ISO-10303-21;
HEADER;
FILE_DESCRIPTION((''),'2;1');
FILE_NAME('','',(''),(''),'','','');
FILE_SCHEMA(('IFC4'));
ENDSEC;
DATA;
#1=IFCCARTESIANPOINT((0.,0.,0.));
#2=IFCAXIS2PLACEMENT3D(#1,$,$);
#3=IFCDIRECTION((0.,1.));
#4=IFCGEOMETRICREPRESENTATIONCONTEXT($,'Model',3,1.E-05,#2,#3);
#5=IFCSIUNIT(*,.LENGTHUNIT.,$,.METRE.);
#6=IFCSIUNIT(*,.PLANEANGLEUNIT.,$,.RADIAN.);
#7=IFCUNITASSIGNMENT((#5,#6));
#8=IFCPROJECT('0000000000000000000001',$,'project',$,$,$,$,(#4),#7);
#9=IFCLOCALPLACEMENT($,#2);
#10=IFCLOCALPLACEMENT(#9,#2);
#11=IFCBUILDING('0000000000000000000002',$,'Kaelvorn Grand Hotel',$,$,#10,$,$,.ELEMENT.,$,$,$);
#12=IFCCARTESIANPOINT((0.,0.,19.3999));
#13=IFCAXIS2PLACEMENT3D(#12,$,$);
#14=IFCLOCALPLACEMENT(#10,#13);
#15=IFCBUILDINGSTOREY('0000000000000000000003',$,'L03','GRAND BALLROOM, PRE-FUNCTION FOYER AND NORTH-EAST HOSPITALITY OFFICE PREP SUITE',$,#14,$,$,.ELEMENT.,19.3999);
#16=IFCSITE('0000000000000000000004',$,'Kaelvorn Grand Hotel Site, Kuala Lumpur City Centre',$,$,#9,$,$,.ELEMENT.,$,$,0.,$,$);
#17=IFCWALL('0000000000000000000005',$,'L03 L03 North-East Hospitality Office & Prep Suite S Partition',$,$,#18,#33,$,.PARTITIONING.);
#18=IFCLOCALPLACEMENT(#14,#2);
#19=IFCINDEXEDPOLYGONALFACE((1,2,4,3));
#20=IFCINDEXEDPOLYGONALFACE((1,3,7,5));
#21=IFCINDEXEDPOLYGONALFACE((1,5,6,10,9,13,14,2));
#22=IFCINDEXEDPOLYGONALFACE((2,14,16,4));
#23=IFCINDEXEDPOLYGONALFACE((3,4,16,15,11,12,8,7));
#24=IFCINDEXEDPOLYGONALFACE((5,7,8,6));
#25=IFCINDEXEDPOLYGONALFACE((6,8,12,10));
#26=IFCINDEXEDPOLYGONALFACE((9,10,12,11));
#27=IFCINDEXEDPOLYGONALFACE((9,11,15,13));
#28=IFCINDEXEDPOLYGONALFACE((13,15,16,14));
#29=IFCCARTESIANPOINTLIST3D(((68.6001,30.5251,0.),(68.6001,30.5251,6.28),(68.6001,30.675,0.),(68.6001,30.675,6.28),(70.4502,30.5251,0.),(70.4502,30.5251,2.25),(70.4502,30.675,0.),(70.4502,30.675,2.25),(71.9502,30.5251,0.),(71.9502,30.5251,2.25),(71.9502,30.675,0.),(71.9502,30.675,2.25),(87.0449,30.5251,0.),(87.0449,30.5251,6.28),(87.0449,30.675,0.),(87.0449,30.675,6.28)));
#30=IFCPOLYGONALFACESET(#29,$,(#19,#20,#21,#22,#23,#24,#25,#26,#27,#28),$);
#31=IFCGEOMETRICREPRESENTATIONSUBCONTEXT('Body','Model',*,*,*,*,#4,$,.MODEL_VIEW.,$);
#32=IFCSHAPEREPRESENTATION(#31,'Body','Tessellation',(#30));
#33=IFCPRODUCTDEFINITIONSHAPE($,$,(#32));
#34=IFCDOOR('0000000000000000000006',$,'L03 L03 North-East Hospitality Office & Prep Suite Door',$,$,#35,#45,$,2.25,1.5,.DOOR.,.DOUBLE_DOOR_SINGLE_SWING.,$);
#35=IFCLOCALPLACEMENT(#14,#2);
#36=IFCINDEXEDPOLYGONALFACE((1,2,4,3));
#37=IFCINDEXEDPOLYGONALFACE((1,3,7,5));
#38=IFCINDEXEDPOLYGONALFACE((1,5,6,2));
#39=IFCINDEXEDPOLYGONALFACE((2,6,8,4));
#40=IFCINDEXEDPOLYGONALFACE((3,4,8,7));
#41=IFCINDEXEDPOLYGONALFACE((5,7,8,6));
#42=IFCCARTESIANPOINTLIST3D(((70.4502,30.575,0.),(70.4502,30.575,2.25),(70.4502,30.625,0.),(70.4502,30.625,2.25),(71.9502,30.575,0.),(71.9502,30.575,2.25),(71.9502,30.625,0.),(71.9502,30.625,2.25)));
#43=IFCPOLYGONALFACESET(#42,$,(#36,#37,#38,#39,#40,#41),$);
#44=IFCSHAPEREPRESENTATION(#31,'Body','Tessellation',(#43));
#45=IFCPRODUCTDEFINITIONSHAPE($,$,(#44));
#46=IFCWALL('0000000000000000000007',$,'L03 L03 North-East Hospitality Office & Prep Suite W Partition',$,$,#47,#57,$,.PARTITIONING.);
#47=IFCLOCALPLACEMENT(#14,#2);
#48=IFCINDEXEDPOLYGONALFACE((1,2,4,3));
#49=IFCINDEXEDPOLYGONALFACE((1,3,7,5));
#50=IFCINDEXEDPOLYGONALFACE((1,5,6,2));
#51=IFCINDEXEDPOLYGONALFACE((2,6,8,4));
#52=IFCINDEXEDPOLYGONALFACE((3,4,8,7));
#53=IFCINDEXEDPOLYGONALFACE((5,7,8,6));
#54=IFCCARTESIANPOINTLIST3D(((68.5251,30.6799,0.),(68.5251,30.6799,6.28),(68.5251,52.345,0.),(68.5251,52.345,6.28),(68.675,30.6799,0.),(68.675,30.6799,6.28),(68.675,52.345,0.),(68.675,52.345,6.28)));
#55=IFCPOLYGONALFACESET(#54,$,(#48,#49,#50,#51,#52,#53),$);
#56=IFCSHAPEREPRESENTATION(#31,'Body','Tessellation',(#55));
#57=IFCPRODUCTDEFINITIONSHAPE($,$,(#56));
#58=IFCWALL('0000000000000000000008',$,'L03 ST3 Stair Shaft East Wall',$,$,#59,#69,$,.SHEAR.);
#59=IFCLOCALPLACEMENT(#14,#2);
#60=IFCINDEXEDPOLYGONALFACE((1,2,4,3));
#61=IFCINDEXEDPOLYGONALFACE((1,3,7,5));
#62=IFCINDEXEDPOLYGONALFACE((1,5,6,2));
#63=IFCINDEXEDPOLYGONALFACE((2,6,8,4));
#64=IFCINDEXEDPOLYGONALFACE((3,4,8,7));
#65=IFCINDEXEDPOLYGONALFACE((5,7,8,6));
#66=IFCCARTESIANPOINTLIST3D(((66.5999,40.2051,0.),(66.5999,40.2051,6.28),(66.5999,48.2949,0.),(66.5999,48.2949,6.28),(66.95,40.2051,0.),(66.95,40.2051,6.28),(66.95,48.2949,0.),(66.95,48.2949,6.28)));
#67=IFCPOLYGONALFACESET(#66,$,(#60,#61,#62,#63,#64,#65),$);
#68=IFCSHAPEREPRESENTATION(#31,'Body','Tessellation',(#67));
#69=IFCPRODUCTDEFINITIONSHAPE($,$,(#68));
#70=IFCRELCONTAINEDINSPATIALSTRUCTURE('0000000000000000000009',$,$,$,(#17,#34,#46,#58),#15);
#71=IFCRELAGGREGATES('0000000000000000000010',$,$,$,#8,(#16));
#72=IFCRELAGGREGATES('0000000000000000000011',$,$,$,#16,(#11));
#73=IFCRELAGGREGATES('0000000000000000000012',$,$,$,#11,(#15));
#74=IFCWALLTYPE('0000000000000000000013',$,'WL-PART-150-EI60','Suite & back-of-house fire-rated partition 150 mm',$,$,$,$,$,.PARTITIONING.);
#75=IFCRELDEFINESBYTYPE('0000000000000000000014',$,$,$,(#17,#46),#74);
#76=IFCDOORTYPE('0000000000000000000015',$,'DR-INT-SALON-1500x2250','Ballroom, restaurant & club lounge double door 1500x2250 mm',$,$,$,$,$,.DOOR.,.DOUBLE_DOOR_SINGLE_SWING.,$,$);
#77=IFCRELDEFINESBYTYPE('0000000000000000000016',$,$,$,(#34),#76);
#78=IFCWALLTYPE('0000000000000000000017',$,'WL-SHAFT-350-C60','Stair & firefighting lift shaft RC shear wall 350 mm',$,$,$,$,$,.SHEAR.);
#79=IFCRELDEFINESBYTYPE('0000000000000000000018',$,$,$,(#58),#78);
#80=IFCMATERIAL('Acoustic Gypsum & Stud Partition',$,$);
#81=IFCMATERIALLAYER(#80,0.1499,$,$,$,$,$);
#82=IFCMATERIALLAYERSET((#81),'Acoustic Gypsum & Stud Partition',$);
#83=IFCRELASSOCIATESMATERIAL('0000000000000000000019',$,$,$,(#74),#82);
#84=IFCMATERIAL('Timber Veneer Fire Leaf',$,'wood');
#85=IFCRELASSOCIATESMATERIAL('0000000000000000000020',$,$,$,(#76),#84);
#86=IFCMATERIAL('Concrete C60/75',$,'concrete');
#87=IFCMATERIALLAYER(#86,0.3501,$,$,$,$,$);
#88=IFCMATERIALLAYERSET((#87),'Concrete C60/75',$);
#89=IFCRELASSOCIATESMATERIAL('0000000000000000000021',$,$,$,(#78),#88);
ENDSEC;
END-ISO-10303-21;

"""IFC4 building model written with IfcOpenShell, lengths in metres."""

from ifc_helpers import new_model, si_unit, direction, frame, frame_2d, origin, place, context, subcontext, project, spatial, rectangle, extrude, material, layer, layer_set, type_object, element, fill, save


model = new_model("IFC4")

# Units and contexts
model_context = context("Model", 3, precision=1e-05, world=origin(), true_north=direction((0.0, 1.0)))
body_context = subcontext(model_context, "Body", "Model", "MODEL_VIEW")
ifc_project = project(units=[si_unit("LENGTHUNIT", "METRE"), si_unit("PLANEANGLEUNIT", "RADIAN")], contexts=[model_context])

# Site, building, storey
site_placement = place(None, origin())
site = spatial("IfcSite", under=ifc_project, at=site_placement, Name="Kaelvorn Grand Hotel Site, Kuala Lumpur City Centre", CompositionType="ELEMENT", RefElevation=0.0)
building_placement = place(site_placement, origin())
building = spatial("IfcBuilding", under=site, at=building_placement, Name="Kaelvorn Grand Hotel", CompositionType="ELEMENT")
storey_placement = place(building_placement, frame((0.0, 0.0, 19.3999)))
storey = spatial("IfcBuildingStorey", under=building, at=storey_placement, Name="L03", Description="GRAND BALLROOM, PRE-FUNCTION FOYER AND NORTH-EAST HOSPITALITY OFFICE PREP SUITE", CompositionType="ELEMENT", Elevation=19.3999)

# Shared definitions
ifc_material_1 = material(Name="Concrete C60/75", Category="concrete")

# Wall, opening, door
ifc_material_2 = material(Name="Acoustic Gypsum & Stud Partition")
ifc_layer_1 = layer(ifc_material_2, 0.1499)
ifc_layer_set_1 = layer_set([ifc_layer_1], Name="Acoustic Gypsum & Stud Partition")
wall_type_1 = type_object("IfcWallType", Name="WL-PART-150-EI60", Description="Suite & back-of-house fire-rated partition 150 mm", PredefinedType="PARTITIONING", material=ifc_layer_set_1)
wall_1_placement = place(storey_placement, frame((68.6001, 30.6001, 0.0), z_axis=(0.0, 0.0, 1.0), x_axis=(1.0, 0.0, 0.0)))
wall_1 = element("IfcWall", 1, at=wall_1_placement, inside=storey, type_object=wall_type_1, Name="L03 L03 North-East Hospitality Office & Prep Suite S Partition", PredefinedType="PARTITIONING", context=body_context, shape_type="SweptSolid", body=[
    extrude(rectangle(XDim=18.4448, YDim=0.1499, at=frame_2d((9.2224, 0.0))), origin(), (0.0, 0.0, 1.0), 6.28),
])
opening_1_placement = place(wall_1_placement, frame((1.8501, 0.0, 0.0)))
opening_1 = element("IfcOpeningElement", 2, at=opening_1_placement, cuts=wall_1, PredefinedType="OPENING", context=body_context, shape_type="SweptSolid", body=[
    extrude(rectangle(XDim=1.5, YDim=2.25, at=frame_2d((0.75, 1.125))), frame((0.0, 0.085, 0.0), z_axis=(0.0, -1.0, 0.0), x_axis=(1.0, 0.0, 0.0)), (0.0, 0.0, 1.0), 0.1699),
])
ifc_material_3 = material(Name="Timber Veneer Fire Leaf", Category="wood")
door_type = type_object("IfcDoorType", Name="DR-INT-SALON-1500x2250", Description="Ballroom, restaurant & club lounge double door 1500x2250 mm", OperationType="DOUBLE_DOOR_SINGLE_SWING", PredefinedType="DOOR", material=ifc_material_3)
door_placement = place(opening_1_placement, origin())
door = element("IfcDoor", 3, at=door_placement, inside=storey, type_object=door_type, Name="L03 L03 North-East Hospitality Office & Prep Suite Door", OperationType="DOUBLE_DOOR_SINGLE_SWING", OverallHeight=2.25, OverallWidth=1.5, PredefinedType="DOOR", context=body_context, shape_type="SweptSolid", body=[
    extrude(rectangle(XDim=1.5, YDim=2.25, at=frame_2d((0.75, 1.125))), frame((0.0, 0.0249, 0.0), z_axis=(0.0, -1.0, 0.0), x_axis=(1.0, 0.0, 0.0)), (0.0, 0.0, 1.0), 0.05),
])
fill(opening_1, door)

# Walls
wall_2_placement = place(storey_placement, frame((68.6001, 30.6799, 0.0), z_axis=(0.0, 0.0, 1.0), x_axis=(0.0, 1.0, 0.0)))
element("IfcWall", 4, at=wall_2_placement, inside=storey, type_object=wall_type_1, Name="L03 L03 North-East Hospitality Office & Prep Suite W Partition", PredefinedType="PARTITIONING", context=body_context, shape_type="SweptSolid", body=[
    extrude(rectangle(XDim=21.665, YDim=0.1499, at=frame_2d((10.8325, 0.0))), origin(), (0.0, 0.0, 1.0), 6.28),
])
ifc_layer_2 = layer(ifc_material_1, 0.3501)
ifc_layer_set_2 = layer_set([ifc_layer_2], Name="Concrete C60/75")
wall_type_2 = type_object("IfcWallType", Name="WL-SHAFT-350-C60", Description="Stair & firefighting lift shaft RC shear wall 350 mm", PredefinedType="SHEAR", material=ifc_layer_set_2)
wall_3_placement = place(storey_placement, frame((66.7749, 40.2051, 0.0), z_axis=(0.0, 0.0, 1.0), x_axis=(0.0, 1.0, 0.0)))
element("IfcWall", 5, at=wall_3_placement, inside=storey, type_object=wall_type_2, Name="L03 ST3 Stair Shaft East Wall", PredefinedType="SHEAR", context=body_context, shape_type="SweptSolid", body=[
    extrude(rectangle(XDim=8.0898, YDim=0.3501, at=frame_2d((4.0449, 0.0))), origin(), (0.0, 0.0, 1.0), 6.28),
])

save(model, "model.ifc")
